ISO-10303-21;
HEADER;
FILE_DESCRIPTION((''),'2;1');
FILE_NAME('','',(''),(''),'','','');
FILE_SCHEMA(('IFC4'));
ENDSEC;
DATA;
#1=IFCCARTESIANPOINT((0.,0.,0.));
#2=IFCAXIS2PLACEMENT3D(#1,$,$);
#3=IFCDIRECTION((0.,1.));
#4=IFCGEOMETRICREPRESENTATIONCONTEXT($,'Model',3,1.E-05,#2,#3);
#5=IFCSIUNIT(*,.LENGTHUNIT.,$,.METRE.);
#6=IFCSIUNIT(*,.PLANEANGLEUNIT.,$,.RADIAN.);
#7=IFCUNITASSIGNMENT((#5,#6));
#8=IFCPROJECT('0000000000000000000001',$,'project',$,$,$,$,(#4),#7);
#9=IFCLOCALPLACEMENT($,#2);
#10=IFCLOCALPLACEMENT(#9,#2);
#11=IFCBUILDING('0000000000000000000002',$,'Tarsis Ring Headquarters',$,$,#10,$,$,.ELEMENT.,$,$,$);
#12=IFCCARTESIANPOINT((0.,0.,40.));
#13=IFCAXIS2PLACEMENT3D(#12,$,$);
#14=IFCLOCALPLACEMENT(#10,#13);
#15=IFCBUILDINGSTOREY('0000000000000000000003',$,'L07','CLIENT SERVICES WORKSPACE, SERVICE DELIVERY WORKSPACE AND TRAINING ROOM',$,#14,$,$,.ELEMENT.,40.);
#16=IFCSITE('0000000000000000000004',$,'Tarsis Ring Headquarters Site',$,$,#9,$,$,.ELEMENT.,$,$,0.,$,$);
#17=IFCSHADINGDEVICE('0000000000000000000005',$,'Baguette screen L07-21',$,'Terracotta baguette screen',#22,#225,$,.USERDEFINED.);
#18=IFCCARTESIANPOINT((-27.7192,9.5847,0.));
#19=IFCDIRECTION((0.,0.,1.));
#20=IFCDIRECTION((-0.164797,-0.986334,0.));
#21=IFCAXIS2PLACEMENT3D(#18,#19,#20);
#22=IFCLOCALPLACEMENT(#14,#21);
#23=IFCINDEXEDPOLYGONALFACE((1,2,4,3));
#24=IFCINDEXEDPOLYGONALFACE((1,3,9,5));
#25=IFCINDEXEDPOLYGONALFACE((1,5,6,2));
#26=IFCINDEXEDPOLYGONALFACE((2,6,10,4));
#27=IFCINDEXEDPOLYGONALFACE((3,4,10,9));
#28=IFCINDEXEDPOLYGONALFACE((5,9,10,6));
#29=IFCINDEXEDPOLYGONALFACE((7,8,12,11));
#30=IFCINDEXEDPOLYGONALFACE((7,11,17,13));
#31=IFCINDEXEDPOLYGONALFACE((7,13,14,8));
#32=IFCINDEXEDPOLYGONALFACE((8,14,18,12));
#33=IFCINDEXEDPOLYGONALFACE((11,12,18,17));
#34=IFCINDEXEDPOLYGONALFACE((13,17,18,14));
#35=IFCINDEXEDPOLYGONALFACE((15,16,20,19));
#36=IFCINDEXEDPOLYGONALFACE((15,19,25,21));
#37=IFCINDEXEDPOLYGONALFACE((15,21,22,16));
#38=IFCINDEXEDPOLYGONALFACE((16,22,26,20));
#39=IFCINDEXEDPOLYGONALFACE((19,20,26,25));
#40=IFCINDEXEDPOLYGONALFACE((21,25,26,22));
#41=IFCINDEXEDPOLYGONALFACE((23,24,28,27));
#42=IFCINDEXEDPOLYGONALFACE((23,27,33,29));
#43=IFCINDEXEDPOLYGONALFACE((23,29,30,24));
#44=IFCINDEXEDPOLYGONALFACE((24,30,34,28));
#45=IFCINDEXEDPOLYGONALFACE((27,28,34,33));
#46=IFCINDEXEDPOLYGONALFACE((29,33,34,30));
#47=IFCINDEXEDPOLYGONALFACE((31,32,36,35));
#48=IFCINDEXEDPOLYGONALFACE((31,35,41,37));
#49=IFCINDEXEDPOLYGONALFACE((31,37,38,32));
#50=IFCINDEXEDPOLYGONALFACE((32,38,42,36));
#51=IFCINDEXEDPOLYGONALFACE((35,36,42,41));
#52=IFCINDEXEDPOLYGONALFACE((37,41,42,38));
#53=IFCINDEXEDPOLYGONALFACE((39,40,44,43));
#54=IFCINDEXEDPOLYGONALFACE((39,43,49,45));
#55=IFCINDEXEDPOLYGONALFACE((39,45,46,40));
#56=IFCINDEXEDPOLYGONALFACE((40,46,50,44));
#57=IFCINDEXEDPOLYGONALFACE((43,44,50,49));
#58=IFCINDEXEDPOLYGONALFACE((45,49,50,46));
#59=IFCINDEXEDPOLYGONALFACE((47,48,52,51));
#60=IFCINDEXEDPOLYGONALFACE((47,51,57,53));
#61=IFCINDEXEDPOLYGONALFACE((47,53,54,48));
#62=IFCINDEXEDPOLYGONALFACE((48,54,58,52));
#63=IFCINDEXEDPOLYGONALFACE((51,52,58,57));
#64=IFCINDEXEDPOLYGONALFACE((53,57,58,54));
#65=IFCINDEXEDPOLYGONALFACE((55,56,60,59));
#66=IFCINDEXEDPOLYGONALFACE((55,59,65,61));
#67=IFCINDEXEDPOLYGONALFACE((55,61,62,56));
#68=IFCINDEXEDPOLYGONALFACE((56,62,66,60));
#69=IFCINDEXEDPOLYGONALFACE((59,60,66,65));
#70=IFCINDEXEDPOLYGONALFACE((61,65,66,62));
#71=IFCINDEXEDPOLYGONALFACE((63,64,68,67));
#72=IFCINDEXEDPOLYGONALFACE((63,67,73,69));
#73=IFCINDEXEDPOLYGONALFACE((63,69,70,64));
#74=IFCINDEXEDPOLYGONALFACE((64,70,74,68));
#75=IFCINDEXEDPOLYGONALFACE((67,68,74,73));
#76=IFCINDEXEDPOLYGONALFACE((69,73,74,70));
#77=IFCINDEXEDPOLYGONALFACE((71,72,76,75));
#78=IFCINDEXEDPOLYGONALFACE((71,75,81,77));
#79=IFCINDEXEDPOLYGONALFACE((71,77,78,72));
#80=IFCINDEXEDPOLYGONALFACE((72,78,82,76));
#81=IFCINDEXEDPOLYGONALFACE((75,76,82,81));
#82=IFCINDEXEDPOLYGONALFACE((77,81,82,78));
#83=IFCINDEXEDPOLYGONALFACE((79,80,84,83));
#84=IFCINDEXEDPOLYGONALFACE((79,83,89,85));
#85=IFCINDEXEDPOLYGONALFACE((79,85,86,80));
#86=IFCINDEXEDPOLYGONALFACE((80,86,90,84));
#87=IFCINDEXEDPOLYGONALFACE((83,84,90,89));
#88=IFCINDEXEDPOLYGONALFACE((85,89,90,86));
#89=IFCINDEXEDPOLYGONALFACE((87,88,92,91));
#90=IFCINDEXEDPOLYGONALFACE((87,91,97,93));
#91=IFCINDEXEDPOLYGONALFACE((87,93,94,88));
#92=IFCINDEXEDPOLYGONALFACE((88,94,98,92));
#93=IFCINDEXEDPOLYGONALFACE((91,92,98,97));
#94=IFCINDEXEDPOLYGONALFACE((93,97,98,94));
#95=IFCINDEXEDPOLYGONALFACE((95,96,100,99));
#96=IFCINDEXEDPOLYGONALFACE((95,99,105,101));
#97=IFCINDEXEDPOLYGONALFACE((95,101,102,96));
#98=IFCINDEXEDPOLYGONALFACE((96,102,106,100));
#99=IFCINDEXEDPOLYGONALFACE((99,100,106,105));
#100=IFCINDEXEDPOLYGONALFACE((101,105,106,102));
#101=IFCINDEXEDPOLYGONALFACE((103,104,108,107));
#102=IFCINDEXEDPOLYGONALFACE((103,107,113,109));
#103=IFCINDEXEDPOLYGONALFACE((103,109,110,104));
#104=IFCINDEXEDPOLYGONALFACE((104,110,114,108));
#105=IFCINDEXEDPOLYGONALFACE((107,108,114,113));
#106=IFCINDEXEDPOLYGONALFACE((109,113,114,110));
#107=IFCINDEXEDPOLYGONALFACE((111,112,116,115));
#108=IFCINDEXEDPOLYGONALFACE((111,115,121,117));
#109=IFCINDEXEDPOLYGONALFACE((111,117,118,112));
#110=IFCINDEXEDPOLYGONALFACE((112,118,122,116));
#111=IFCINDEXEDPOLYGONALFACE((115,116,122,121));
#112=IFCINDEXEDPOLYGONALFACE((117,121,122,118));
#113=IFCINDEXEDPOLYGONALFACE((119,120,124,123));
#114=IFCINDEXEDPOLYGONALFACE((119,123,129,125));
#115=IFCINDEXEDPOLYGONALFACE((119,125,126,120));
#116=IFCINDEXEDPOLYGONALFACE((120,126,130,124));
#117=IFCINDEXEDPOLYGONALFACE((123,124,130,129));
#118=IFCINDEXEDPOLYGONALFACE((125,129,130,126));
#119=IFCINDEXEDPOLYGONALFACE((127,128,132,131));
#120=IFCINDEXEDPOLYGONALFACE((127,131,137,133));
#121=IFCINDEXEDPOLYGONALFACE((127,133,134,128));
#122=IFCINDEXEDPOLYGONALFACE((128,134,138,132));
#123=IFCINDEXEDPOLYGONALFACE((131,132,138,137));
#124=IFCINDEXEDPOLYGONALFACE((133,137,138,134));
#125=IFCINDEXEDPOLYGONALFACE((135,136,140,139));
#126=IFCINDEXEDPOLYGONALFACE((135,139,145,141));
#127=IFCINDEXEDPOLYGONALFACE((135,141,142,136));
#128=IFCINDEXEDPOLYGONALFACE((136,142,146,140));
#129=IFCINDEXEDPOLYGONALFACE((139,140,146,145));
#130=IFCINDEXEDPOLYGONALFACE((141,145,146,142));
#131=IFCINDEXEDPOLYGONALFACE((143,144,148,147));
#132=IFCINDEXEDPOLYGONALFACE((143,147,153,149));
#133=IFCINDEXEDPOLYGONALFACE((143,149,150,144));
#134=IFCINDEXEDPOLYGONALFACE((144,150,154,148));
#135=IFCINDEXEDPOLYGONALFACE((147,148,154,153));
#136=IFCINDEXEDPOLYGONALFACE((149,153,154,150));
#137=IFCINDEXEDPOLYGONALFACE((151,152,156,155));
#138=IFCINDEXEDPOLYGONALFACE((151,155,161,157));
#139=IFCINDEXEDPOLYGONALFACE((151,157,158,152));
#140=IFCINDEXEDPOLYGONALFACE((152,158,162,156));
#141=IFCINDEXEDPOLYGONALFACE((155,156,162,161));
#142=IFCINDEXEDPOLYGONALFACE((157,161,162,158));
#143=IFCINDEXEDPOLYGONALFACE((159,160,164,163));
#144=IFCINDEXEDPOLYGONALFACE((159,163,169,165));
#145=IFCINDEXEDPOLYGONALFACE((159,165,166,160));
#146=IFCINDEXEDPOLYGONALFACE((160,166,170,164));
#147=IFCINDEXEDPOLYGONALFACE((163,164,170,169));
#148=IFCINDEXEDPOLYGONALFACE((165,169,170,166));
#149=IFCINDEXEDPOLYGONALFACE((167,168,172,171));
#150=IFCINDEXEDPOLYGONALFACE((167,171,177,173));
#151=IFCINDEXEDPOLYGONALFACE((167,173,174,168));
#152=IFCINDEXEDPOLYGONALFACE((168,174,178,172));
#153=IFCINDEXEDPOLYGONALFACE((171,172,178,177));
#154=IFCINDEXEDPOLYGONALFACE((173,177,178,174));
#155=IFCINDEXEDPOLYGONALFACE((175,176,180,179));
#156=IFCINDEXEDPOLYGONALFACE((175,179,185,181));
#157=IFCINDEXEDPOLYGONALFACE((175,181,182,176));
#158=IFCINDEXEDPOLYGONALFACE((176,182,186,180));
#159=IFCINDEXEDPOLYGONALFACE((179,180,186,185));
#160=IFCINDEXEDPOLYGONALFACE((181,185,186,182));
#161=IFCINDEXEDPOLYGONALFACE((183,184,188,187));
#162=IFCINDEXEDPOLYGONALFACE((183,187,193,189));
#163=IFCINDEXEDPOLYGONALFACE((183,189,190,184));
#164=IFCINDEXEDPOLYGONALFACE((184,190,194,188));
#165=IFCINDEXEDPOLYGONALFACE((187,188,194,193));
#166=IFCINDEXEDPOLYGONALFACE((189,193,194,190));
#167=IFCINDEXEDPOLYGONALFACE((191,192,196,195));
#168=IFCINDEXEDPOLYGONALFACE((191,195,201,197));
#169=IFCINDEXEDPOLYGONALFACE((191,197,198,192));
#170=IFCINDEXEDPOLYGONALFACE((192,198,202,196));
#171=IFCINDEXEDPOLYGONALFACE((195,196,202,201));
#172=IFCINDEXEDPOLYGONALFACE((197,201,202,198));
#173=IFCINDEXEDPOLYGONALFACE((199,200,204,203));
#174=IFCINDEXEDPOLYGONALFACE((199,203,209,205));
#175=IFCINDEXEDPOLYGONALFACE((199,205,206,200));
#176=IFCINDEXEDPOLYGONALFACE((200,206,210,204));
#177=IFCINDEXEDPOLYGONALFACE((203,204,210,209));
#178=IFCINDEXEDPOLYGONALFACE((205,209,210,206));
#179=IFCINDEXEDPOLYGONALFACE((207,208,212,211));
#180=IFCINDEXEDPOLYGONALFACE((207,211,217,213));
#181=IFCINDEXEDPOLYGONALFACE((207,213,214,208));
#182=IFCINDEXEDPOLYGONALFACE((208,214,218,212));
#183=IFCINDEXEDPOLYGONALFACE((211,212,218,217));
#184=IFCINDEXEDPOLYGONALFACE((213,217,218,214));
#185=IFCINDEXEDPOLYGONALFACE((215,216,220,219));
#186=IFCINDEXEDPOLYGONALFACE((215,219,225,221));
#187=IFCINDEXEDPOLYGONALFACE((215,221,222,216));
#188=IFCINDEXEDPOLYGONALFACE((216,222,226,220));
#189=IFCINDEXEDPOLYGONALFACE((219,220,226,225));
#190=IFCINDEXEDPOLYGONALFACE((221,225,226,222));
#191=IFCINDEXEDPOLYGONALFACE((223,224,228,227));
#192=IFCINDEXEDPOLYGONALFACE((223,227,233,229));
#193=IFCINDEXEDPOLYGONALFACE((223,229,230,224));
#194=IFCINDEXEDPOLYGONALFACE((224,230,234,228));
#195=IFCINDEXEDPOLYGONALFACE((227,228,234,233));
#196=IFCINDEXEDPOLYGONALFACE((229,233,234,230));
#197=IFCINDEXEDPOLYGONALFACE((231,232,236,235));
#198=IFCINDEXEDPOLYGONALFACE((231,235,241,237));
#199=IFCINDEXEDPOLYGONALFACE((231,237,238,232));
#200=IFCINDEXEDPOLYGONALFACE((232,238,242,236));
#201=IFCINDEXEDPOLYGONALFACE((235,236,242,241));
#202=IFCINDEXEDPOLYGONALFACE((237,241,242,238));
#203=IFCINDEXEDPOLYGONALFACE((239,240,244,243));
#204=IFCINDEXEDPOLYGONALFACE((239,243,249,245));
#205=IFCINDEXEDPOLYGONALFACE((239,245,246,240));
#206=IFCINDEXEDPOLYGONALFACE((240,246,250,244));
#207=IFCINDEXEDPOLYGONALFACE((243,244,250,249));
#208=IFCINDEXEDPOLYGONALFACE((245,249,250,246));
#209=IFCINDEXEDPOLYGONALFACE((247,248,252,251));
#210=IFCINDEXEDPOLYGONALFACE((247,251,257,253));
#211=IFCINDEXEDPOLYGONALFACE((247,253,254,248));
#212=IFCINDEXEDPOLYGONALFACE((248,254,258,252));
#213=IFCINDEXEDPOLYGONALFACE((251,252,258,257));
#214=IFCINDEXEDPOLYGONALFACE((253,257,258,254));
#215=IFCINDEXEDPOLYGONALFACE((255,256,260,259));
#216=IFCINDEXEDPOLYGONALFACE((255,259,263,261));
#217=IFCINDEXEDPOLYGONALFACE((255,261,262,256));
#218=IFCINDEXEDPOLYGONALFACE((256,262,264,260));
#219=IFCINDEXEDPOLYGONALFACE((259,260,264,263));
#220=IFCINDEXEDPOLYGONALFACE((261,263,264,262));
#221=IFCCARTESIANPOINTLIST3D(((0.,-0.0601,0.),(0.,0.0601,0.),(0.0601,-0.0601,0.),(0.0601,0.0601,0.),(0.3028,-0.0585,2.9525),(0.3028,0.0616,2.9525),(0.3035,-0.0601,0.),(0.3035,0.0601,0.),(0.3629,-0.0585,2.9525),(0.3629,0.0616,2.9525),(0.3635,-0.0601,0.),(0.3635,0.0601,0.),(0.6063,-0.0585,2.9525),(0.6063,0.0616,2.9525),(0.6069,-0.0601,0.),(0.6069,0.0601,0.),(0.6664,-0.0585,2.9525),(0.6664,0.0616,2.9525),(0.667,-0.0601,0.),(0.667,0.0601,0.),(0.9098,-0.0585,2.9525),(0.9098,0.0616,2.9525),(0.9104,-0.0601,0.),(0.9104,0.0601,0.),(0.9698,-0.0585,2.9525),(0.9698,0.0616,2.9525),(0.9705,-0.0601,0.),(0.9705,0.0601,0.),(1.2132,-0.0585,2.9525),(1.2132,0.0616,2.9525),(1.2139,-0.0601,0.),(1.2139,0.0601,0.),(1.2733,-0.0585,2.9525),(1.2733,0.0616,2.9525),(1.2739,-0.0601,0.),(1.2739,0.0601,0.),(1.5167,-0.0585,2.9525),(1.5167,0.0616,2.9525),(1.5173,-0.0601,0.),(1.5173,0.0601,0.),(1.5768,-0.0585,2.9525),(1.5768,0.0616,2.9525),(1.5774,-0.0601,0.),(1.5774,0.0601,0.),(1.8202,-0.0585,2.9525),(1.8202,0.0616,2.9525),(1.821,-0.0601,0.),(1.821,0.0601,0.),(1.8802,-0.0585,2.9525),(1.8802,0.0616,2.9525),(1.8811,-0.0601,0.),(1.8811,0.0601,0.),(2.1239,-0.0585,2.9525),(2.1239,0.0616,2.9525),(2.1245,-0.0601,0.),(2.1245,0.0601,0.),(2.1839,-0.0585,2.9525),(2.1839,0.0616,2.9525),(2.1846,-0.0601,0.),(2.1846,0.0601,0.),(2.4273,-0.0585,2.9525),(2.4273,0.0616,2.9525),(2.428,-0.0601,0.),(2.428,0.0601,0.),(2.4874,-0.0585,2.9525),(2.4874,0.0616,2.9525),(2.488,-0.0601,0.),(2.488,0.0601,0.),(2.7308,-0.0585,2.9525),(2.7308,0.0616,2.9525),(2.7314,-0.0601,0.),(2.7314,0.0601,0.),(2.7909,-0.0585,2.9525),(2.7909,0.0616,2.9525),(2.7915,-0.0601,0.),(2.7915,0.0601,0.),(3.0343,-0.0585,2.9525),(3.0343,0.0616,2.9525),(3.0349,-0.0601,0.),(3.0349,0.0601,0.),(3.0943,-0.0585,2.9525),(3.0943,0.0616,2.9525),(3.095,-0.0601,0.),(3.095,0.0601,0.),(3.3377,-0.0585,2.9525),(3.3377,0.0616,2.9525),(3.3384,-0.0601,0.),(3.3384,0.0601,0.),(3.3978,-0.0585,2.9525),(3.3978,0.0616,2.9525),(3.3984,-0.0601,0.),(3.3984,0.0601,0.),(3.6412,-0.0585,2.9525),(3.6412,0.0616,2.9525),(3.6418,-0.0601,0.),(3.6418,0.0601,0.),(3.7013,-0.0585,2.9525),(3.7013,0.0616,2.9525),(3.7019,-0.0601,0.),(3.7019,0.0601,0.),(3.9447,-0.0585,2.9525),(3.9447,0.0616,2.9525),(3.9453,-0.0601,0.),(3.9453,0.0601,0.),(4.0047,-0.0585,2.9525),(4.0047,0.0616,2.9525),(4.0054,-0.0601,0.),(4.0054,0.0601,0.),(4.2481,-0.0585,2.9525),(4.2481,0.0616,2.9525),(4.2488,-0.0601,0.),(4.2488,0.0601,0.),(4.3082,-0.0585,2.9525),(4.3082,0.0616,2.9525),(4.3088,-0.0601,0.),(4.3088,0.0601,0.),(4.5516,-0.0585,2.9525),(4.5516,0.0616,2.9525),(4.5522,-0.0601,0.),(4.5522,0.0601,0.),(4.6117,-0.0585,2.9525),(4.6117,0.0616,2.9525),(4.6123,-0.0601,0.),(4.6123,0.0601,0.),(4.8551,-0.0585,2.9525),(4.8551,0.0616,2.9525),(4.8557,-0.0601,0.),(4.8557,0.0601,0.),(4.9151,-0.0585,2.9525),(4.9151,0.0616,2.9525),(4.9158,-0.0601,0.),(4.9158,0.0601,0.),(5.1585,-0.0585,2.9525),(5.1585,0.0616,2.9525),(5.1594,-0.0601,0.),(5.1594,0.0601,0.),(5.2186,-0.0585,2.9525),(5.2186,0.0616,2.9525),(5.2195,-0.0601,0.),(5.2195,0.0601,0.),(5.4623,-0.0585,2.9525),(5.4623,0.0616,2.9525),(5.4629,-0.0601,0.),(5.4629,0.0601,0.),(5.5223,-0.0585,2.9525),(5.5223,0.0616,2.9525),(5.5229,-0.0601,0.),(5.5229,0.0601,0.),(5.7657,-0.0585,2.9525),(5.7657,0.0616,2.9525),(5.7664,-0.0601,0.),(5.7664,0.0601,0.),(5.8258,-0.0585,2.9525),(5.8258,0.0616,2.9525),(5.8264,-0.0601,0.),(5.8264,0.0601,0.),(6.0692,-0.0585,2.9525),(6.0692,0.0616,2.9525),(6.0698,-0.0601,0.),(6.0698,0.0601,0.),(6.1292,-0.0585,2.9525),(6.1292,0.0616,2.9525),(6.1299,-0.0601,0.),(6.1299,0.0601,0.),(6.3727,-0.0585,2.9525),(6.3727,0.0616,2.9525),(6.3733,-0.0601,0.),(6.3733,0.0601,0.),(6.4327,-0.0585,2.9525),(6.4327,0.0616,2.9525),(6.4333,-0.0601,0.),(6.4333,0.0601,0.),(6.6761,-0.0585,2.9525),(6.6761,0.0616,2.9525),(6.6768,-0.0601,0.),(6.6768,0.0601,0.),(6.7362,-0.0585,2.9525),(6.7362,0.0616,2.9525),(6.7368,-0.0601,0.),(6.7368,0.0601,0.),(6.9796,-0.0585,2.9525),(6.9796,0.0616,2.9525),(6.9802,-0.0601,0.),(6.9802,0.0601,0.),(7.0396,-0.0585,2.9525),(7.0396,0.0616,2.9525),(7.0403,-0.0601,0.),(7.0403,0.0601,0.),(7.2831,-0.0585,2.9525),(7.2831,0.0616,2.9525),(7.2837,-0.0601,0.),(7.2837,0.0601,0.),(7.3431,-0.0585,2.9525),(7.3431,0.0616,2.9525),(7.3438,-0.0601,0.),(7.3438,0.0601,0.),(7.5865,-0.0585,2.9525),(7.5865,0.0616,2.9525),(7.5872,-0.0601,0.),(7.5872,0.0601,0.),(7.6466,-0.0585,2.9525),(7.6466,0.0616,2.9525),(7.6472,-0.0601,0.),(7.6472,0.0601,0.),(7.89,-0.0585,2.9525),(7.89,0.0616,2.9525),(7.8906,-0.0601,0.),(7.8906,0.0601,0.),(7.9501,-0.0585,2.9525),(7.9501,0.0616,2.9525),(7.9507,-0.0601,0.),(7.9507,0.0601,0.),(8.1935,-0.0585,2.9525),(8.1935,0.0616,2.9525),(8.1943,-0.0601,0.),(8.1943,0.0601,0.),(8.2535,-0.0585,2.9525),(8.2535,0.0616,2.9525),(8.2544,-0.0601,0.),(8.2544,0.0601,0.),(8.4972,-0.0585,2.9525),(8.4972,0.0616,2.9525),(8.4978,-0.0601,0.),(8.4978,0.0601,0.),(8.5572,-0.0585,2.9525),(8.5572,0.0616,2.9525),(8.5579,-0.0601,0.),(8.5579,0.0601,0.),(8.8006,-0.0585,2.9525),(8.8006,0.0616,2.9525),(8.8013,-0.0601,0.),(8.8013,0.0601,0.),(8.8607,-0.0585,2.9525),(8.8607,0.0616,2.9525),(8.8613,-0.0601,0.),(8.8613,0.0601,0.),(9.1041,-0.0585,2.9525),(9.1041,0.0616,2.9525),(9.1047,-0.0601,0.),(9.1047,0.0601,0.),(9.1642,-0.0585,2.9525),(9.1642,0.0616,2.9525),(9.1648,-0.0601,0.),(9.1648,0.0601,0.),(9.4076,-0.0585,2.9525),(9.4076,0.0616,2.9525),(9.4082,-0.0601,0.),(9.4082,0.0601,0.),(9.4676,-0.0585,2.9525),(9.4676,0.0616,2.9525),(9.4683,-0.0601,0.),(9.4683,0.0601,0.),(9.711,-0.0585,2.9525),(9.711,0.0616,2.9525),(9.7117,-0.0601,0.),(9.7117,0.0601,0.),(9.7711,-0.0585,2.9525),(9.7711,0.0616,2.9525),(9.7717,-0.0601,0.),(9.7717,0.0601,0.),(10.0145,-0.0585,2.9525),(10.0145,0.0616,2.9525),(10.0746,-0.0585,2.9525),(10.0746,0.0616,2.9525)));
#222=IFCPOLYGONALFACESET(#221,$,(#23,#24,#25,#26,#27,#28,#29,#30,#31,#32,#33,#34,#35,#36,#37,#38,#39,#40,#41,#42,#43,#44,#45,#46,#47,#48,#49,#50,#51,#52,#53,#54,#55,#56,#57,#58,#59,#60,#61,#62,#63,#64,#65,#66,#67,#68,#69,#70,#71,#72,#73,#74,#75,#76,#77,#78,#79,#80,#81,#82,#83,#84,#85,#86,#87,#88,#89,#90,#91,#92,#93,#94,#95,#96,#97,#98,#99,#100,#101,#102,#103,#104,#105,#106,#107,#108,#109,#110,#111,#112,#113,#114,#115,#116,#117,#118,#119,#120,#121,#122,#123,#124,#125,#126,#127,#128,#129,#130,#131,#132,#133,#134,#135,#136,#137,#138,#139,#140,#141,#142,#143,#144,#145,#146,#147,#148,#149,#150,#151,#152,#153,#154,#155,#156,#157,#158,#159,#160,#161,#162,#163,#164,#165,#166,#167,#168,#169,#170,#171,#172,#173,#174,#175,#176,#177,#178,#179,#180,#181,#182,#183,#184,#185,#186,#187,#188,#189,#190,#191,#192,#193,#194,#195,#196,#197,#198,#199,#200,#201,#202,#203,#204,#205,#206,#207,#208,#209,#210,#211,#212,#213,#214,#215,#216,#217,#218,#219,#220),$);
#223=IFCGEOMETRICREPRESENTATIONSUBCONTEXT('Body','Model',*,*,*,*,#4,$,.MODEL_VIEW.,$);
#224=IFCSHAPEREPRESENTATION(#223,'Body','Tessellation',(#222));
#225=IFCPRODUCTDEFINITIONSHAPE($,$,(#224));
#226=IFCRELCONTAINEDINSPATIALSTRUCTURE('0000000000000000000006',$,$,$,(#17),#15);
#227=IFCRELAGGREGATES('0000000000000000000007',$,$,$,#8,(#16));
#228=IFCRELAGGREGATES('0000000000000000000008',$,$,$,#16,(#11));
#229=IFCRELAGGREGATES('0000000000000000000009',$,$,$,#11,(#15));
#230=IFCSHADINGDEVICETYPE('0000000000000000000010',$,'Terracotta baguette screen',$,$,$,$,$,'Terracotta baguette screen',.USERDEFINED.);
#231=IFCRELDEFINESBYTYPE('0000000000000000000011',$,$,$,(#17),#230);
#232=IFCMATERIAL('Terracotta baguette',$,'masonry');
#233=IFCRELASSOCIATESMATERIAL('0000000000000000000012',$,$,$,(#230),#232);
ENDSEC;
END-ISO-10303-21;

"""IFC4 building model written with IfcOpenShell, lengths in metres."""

from ifc_helpers import new_model, si_unit, direction, frame, frame_2d, origin, place, context, subcontext, project, spatial, rectangle, composite_profile, extrude, material, type_object, element, save


model = new_model("IFC4")

# Units and contexts
model_context = context("Model", 3, precision=1e-05, world=origin(), true_north=direction((0.0, 1.0)))
body_context = subcontext(model_context, "Body", "Model", "MODEL_VIEW")
ifc_project = project(units=[si_unit("LENGTHUNIT", "METRE"), si_unit("PLANEANGLEUNIT", "RADIAN")], contexts=[model_context])

# Site, building, storey
site_placement = place(None, origin())
site = spatial("IfcSite", under=ifc_project, at=site_placement, Name="Tarsis Ring Headquarters Site", CompositionType="ELEMENT", RefElevation=0.0)
building_placement = place(site_placement, origin())
building = spatial("IfcBuilding", under=site, at=building_placement, Name="Tarsis Ring Headquarters", CompositionType="ELEMENT")
storey_placement = place(building_placement, frame((0.0, 0.0, 40.0)))
storey = spatial("IfcBuildingStorey", under=building, at=storey_placement, Name="L07", Description="CLIENT SERVICES WORKSPACE, SERVICE DELIVERY WORKSPACE AND TRAINING ROOM", CompositionType="ELEMENT", Elevation=40.0)

# Shading device
ifc_material_1 = material(Name="Terracotta baguette", Category="masonry")
shading_device_type = type_object("IfcShadingDeviceType", Name="Terracotta baguette screen", ElementType="Terracotta baguette screen", PredefinedType="USERDEFINED", material=ifc_material_1)
shading_device_placement = place(storey_placement, frame((-27.7192, 9.5847, 0.0), z_axis=(0.0, 0.0, 1.0), x_axis=(-0.164797, -0.986334, 0.0)))
element("IfcShadingDevice", 1, at=shading_device_placement, inside=storey, type_object=shading_device_type, Name="Baguette screen L07-21", ObjectType="Terracotta baguette screen", PredefinedType="USERDEFINED", context=body_context, shape_type="SweptSolid", body=[
    extrude(composite_profile([rectangle(XDim=0.0601, YDim=0.1201, at=frame_2d((0.03, 0.0))), rectangle(XDim=0.0601, YDim=0.1201, at=frame_2d((0.3335, 0.0))), rectangle(XDim=0.0601, YDim=0.1201, at=frame_2d((0.637, 0.0))), rectangle(XDim=0.0601, YDim=0.1201, at=frame_2d((0.9404, 0.0))), rectangle(XDim=0.0601, YDim=0.1201, at=frame_2d((1.2439, 0.0))), rectangle(XDim=0.0601, YDim=0.1201, at=frame_2d((1.5474, 0.0))), rectangle(XDim=0.0601, YDim=0.1201, at=frame_2d((1.8511, 0.0))), rectangle(XDim=0.0601, YDim=0.1201, at=frame_2d((2.1545, 0.0))), rectangle(XDim=0.0601, YDim=0.1201, at=frame_2d((2.458, 0.0))), rectangle(XDim=0.0601, YDim=0.1201, at=frame_2d((2.7615, 0.0))), rectangle(XDim=0.0601, YDim=0.1201, at=frame_2d((3.0649, 0.0))), rectangle(XDim=0.0601, YDim=0.1201, at=frame_2d((3.3684, 0.0))), rectangle(XDim=0.0601, YDim=0.1201, at=frame_2d((3.6719, 0.0))), rectangle(XDim=0.0601, YDim=0.1201, at=frame_2d((3.9753, 0.0))), rectangle(XDim=0.0601, YDim=0.1201, at=frame_2d((4.2788, 0.0))), rectangle(XDim=0.0601, YDim=0.1201, at=frame_2d((4.5823, 0.0))), rectangle(XDim=0.0601, YDim=0.1201, at=frame_2d((4.8857, 0.0))), rectangle(XDim=0.0601, YDim=0.1201, at=frame_2d((5.1895, 0.0))), rectangle(XDim=0.0601, YDim=0.1201, at=frame_2d((5.4929, 0.0))), rectangle(XDim=0.0601, YDim=0.1201, at=frame_2d((5.7964, 0.0))), rectangle(XDim=0.0601, YDim=0.1201, at=frame_2d((6.0999, 0.0))), rectangle(XDim=0.0601, YDim=0.1201, at=frame_2d((6.4033, 0.0))), rectangle(XDim=0.0601, YDim=0.1201, at=frame_2d((6.7068, 0.0))), rectangle(XDim=0.0601, YDim=0.1201, at=frame_2d((7.0103, 0.0))), rectangle(XDim=0.0601, YDim=0.1201, at=frame_2d((7.3137, 0.0))), rectangle(XDim=0.0601, YDim=0.1201, at=frame_2d((7.6172, 0.0))), rectangle(XDim=0.0601, YDim=0.1201, at=frame_2d((7.9207, 0.0))), rectangle(XDim=0.0601, YDim=0.1201, at=frame_2d((8.2244, 0.0))), rectangle(XDim=0.0601, YDim=0.1201, at=frame_2d((8.5278, 0.0))), rectangle(XDim=0.0601, YDim=0.1201, at=frame_2d((8.8313, 0.0))), rectangle(XDim=0.0601, YDim=0.1201, at=frame_2d((9.1348, 0.0))), rectangle(XDim=0.0601, YDim=0.1201, at=frame_2d((9.4382, 0.0))), rectangle(XDim=0.0601, YDim=0.1201, at=frame_2d((9.7417, 0.0)))]), origin(), (0.102032, 0.000535, 0.994781), 2.968),
])

save(model, "model.ifc")
